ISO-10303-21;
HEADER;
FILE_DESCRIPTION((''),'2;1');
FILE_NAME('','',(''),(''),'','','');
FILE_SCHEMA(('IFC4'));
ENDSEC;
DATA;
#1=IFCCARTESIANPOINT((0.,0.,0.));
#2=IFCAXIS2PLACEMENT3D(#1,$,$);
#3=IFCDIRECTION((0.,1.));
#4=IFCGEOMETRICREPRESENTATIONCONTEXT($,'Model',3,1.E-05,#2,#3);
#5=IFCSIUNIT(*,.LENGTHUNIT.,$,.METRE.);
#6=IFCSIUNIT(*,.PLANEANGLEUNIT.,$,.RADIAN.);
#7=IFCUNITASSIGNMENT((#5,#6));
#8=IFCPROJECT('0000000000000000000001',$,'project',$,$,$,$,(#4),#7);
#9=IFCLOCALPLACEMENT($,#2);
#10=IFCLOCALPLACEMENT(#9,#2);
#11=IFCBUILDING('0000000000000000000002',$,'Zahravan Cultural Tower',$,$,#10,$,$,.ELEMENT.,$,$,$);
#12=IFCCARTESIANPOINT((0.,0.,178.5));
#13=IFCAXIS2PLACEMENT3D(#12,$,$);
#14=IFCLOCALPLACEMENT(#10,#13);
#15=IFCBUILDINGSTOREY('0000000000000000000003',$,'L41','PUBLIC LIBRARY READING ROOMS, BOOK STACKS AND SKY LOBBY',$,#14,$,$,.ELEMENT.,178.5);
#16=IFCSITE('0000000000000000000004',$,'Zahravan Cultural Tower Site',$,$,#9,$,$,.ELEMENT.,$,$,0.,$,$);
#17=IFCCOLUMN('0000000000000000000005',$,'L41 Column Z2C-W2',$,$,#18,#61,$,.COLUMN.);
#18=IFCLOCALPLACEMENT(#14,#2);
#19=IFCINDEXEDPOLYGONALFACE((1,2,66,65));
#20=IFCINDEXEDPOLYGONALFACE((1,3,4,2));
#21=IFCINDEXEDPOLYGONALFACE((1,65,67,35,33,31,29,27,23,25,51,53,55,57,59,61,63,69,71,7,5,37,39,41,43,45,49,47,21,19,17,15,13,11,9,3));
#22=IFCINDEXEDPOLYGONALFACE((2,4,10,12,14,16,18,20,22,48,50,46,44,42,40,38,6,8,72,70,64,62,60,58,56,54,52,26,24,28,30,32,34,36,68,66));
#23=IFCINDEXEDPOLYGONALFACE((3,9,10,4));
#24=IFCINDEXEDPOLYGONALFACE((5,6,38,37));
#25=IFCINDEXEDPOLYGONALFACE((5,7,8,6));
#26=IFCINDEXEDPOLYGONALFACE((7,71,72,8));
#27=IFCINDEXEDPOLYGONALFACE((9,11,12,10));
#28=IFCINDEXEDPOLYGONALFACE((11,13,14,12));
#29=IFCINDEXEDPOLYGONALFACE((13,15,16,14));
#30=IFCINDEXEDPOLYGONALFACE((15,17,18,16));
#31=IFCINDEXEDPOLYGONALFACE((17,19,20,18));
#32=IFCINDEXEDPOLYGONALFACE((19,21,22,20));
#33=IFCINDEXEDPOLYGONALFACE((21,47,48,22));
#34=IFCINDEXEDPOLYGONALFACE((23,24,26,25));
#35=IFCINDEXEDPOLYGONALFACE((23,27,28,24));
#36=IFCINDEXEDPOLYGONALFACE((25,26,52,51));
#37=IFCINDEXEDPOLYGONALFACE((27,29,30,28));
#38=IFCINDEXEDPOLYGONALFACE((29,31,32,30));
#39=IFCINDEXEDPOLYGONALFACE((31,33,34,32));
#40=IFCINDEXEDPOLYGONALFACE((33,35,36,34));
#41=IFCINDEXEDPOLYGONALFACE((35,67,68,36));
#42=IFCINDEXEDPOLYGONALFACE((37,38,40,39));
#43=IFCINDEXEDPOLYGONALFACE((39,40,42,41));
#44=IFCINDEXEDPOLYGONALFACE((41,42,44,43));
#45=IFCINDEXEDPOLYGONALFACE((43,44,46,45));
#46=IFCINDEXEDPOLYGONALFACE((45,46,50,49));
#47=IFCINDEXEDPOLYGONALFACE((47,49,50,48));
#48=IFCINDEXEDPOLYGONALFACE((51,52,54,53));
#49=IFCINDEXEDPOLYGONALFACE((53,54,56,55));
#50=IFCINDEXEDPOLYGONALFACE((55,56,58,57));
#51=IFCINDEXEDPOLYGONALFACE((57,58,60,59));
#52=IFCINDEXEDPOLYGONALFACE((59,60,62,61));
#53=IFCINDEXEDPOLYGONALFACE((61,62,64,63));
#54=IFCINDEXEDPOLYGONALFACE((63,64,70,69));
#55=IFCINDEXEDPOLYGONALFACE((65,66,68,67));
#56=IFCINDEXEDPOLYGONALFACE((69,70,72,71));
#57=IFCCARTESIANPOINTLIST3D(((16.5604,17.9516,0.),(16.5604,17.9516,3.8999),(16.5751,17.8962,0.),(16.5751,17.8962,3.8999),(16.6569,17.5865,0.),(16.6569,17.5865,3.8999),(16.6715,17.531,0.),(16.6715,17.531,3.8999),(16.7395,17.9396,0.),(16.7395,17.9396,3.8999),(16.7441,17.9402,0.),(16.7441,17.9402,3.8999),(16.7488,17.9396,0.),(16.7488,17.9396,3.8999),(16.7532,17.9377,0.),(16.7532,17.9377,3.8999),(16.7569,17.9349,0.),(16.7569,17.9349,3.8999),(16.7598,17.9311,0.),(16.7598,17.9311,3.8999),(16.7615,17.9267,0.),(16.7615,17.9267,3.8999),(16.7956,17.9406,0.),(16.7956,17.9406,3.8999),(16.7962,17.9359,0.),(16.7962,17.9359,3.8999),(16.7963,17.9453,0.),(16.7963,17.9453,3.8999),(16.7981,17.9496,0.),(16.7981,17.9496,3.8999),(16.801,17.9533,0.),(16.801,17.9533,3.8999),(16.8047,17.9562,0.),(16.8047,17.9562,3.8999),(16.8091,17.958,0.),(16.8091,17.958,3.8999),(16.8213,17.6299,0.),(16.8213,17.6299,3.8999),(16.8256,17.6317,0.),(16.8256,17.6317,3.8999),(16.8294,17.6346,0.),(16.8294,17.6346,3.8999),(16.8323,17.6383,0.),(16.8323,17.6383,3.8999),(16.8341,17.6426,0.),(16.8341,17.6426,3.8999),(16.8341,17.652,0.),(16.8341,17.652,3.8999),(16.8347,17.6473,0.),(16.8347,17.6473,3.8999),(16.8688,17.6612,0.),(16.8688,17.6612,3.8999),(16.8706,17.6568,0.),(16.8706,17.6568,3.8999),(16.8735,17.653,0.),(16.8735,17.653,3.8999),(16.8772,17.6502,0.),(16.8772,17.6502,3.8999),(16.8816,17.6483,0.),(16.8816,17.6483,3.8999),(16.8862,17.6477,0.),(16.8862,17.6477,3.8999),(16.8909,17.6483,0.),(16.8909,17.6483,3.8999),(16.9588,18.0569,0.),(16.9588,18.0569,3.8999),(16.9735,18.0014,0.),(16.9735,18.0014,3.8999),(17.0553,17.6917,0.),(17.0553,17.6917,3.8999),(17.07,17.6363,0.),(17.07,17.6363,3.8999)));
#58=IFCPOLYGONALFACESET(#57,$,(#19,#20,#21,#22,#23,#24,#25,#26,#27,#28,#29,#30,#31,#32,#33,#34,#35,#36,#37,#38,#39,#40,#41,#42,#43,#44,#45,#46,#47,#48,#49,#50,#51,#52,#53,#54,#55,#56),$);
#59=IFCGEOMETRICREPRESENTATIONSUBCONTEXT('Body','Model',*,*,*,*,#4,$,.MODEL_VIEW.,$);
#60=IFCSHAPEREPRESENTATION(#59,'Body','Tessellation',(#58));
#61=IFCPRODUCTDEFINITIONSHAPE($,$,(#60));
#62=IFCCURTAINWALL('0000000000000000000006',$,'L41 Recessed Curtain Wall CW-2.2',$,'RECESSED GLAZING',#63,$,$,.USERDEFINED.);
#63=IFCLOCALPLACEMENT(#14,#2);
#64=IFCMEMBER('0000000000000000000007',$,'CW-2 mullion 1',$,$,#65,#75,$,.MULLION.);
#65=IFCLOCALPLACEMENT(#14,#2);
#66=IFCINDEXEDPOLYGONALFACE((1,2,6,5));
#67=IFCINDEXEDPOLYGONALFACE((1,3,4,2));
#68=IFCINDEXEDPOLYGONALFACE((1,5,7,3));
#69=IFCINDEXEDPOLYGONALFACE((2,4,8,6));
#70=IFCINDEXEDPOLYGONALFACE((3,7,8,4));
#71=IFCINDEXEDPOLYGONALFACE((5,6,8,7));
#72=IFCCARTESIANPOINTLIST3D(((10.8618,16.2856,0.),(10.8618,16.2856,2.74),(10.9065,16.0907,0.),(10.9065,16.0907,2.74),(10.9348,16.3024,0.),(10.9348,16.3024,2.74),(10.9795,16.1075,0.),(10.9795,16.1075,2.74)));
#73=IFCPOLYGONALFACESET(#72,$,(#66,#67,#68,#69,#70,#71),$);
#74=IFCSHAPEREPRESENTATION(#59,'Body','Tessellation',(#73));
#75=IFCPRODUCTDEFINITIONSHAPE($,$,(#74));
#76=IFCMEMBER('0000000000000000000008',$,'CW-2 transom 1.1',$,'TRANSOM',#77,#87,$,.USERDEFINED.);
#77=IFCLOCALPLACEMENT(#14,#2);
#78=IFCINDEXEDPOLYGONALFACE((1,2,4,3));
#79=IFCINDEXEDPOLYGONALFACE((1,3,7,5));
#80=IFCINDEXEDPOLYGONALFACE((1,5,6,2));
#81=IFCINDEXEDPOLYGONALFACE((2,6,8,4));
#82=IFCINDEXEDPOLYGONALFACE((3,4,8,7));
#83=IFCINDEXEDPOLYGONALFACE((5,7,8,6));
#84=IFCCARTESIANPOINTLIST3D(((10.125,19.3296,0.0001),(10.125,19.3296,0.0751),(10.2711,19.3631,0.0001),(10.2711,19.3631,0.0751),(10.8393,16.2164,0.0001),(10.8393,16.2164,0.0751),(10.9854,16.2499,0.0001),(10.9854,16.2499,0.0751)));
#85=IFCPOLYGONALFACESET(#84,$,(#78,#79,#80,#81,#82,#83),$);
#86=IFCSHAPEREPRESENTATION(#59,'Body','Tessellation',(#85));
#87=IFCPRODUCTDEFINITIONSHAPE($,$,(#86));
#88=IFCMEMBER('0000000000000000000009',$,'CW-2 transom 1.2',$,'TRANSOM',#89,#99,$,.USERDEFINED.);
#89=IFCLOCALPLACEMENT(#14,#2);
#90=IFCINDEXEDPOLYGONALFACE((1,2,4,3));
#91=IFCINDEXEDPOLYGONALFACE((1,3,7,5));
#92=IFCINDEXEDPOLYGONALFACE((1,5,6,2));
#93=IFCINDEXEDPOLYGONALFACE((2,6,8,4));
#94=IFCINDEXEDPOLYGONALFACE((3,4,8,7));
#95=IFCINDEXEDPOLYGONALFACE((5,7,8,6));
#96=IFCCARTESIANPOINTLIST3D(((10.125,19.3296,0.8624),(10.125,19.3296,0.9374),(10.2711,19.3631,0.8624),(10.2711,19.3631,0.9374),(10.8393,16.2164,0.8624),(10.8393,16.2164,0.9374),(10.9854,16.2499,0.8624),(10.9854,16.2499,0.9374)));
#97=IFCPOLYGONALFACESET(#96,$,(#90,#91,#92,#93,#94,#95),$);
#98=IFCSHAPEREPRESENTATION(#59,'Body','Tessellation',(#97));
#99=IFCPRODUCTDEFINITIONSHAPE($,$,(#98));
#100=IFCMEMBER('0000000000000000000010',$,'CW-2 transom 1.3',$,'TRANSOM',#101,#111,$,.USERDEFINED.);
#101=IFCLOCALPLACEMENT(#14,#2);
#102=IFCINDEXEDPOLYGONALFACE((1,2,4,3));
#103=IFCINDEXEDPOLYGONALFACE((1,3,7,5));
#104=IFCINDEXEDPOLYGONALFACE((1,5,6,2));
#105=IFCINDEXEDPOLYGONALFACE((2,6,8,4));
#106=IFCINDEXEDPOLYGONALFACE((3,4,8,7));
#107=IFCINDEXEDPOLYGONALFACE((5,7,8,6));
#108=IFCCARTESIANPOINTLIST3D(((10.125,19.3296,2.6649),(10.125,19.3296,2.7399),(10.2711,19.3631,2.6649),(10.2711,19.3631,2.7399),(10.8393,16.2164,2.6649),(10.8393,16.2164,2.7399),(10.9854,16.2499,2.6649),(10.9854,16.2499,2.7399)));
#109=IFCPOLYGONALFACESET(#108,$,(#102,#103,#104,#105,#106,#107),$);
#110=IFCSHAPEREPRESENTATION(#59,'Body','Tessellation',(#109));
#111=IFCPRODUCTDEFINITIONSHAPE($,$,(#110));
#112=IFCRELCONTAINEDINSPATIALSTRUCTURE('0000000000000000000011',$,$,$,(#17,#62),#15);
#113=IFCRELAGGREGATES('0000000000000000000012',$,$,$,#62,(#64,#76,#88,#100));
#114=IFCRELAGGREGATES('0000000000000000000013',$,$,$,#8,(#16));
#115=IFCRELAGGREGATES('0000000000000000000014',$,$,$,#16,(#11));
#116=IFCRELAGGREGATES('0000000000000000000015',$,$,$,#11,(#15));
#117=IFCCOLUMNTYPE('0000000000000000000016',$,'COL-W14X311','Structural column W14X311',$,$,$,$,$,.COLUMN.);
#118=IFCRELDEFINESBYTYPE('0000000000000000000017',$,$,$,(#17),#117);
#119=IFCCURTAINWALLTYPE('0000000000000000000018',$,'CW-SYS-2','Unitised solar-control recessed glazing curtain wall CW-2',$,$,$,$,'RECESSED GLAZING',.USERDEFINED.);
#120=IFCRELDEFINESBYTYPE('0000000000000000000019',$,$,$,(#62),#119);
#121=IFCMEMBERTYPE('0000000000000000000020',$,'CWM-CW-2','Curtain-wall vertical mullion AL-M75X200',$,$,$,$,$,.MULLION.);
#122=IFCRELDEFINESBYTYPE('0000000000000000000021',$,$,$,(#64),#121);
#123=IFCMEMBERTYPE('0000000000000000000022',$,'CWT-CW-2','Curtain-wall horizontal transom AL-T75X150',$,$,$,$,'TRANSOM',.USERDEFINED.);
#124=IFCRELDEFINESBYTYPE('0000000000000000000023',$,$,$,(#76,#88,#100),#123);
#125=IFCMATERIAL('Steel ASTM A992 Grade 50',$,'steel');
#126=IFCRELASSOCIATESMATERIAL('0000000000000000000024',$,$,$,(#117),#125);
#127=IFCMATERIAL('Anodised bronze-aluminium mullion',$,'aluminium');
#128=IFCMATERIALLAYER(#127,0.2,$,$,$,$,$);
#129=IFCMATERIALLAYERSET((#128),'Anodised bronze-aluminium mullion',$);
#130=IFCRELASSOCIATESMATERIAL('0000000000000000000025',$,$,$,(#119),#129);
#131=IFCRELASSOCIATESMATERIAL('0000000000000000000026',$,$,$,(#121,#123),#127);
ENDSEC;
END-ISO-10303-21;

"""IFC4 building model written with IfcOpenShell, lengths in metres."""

from ifc_helpers import new_model, si_unit, direction, frame, origin, origin_2d, place, context, subcontext, project, spatial, rectangle, i_section, extrude, source, transform, mapped, material, layer, layer_set, material_profile, profile_set, type_object, element, aggregate, save


model = new_model("IFC4")

# Units and contexts
model_context = context("Model", 3, precision=1e-05, world=origin(), true_north=direction((0.0, 1.0)))
body_context = subcontext(model_context, "Body", "Model", "MODEL_VIEW")
ifc_project = project(units=[si_unit("LENGTHUNIT", "METRE"), si_unit("PLANEANGLEUNIT", "RADIAN")], contexts=[model_context])

# Site, building, storey
site_placement = place(None, origin())
site = spatial("IfcSite", under=ifc_project, at=site_placement, Name="Zahravan Cultural Tower Site", CompositionType="ELEMENT", RefElevation=0.0)
building_placement = place(site_placement, origin())
building = spatial("IfcBuilding", under=site, at=building_placement, Name="Zahravan Cultural Tower", CompositionType="ELEMENT")
storey_placement = place(building_placement, frame((0.0, 0.0, 178.5)))
storey = spatial("IfcBuildingStorey", under=building, at=storey_placement, Name="L41", Description="PUBLIC LIBRARY READING ROOMS, BOOK STACKS AND SKY LOBBY", CompositionType="ELEMENT", Elevation=178.5)

# Column
ifc_material_1 = material(Name="Steel ASTM A992 Grade 50", Category="steel")
ifc_material_profile_1 = material_profile(ifc_material_1, i_section(OverallWidth=0.4121, OverallDepth=0.4351, WebThickness=0.0359, FlangeThickness=0.0574, FilletRadius=0.0181, at=origin_2d()), Name="W14X311")
ifc_profile_set_1 = profile_set([ifc_material_profile_1], Name="Steel ASTM A992 Grade 50")
column_type = type_object("IfcColumnType", Name="COL-W14X311", Description="Structural column W14X311", PredefinedType="COLUMN", material=ifc_profile_set_1)
shared_shape_1 = source(origin(), body_context, "Body", "SweptSolid", [
    extrude(i_section(OverallWidth=0.4121, OverallDepth=0.4351, WebThickness=0.0359, FlangeThickness=0.0574, FilletRadius=0.0181, at=origin_2d()), origin(), (0.0, 0.0, 1.0), 3.8999),
])
column_placement = place(storey_placement, frame((16.8152, 17.7939, 0.0), z_axis=(0.0, 0.0, 1.0), x_axis=(0.966823, 0.255446, 0.0)))
element("IfcColumn", 1, at=column_placement, inside=storey, type_object=column_type, Name="L41 Column Z2C-W2", PredefinedType="COLUMN", context=body_context, shape_type="MappedRepresentation", body=[
    mapped(shared_shape_1, transform((0.0, 0.0, 0.0), x_axis=(1.0, 0.0, 0.0), y_axis=(0.0, 1.0, 0.0), z_axis=(0.0, 0.0, 1.0), scale=1.0)),
])

# Curtain wall, members
ifc_material_2 = material(Name="Anodised bronze-aluminium mullion", Category="aluminium")
ifc_layer_1 = layer(ifc_material_2, 0.2)
ifc_layer_set_1 = layer_set([ifc_layer_1], Name="Anodised bronze-aluminium mullion")
curtain_wall_type = type_object("IfcCurtainWallType", Name="CW-SYS-2", Description="Unitised solar-control recessed glazing curtain wall CW-2", ElementType="RECESSED GLAZING", PredefinedType="USERDEFINED", material=ifc_layer_set_1)
curtain_wall_placement = place(storey_placement, origin())
curtain_wall = element("IfcCurtainWall", 2, at=curtain_wall_placement, inside=storey, type_object=curtain_wall_type, Name="L41 Recessed Curtain Wall CW-2.2", ObjectType="RECESSED GLAZING", PredefinedType="USERDEFINED")
ifc_material_profile_2 = material_profile(ifc_material_2, rectangle(XDim=0.075, YDim=0.2, at=origin_2d()), Name="AL-M75X200")
ifc_profile_set_2 = profile_set([ifc_material_profile_2], Name="Anodised bronze-aluminium mullion")
member_type_1 = type_object("IfcMemberType", Name="CWM-CW-2", Description="Curtain-wall vertical mullion AL-M75X200", PredefinedType="MULLION", material=ifc_profile_set_2)
shared_shape_2 = source(origin(), body_context, "Body", "SweptSolid", [
    extrude(rectangle(XDim=0.075, YDim=0.2, at=origin_2d()), origin(), (0.0, 0.0, 1.0), 2.74),
])
member_1_placement = place(storey_placement, frame((10.9207, 16.1965, 0.0), z_axis=(0.0, 0.0, 1.0), x_axis=(-0.974681, -0.2236, 0.0)))
member_1 = element("IfcMember", 3, at=member_1_placement, type_object=member_type_1, Name="CW-2 mullion 1", PredefinedType="MULLION", context=body_context, shape_type="MappedRepresentation", body=[
    mapped(shared_shape_2, transform((0.0, 0.0, 0.0), x_axis=(1.0, 0.0, 0.0), y_axis=(0.0, 1.0, 0.0), z_axis=(0.0, 0.0, 1.0), scale=1.0)),
])
ifc_material_profile_3 = material_profile(ifc_material_2, rectangle(XDim=0.1499, YDim=0.075, at=origin_2d()), Name="AL-T75X150")
ifc_profile_set_3 = profile_set([ifc_material_profile_3], Name="Anodised bronze-aluminium mullion")
member_type_2 = type_object("IfcMemberType", Name="CWT-CW-2", Description="Curtain-wall horizontal transom AL-T75X150", ElementType="TRANSOM", PredefinedType="USERDEFINED", material=ifc_profile_set_3)
shared_shape_3 = source(origin(), body_context, "Body", "SweptSolid", [
    extrude(rectangle(XDim=0.1499, YDim=0.075, at=origin_2d()), origin(), (0.0, 0.0, 1.0), 3.1941),
])
member_2_placement = place(storey_placement, frame((10.9124, 16.2332, 0.0376), z_axis=(-0.223642, 0.974671, 0.0), x_axis=(-0.974671, -0.223642, 0.0)))
member_2 = element("IfcMember", 4, at=member_2_placement, type_object=member_type_2, Name="CW-2 transom 1.1", ObjectType="TRANSOM", PredefinedType="USERDEFINED", context=body_context, shape_type="MappedRepresentation", body=[
    mapped(shared_shape_3, transform((0.0, 0.0, 0.0), x_axis=(1.0, 0.0, 0.0), y_axis=(0.0, 1.0, 0.0), z_axis=(0.0, 0.0, 1.0), scale=1.0)),
])
member_3_placement = place(storey_placement, frame((10.9124, 16.2332, 0.8999), z_axis=(-0.223642, 0.974671, 0.0), x_axis=(-0.974671, -0.223642, 0.0)))
member_3 = element("IfcMember", 5, at=member_3_placement, type_object=member_type_2, Name="CW-2 transom 1.2", ObjectType="TRANSOM", PredefinedType="USERDEFINED", context=body_context, shape_type="MappedRepresentation", body=[
    mapped(shared_shape_3, transform((0.0, 0.0, 0.0), x_axis=(1.0, 0.0, 0.0), y_axis=(0.0, 1.0, 0.0), z_axis=(0.0, 0.0, 1.0), scale=1.0)),
])
member_4_placement = place(storey_placement, frame((10.9124, 16.2332, 2.7024), z_axis=(-0.223642, 0.974671, 0.0), x_axis=(-0.974671, -0.223642, 0.0)))
member_4 = element("IfcMember", 6, at=member_4_placement, type_object=member_type_2, Name="CW-2 transom 1.3", ObjectType="TRANSOM", PredefinedType="USERDEFINED", context=body_context, shape_type="MappedRepresentation", body=[
    mapped(shared_shape_3, transform((0.0, 0.0, 0.0), x_axis=(1.0, 0.0, 0.0), y_axis=(0.0, 1.0, 0.0), z_axis=(0.0, 0.0, 1.0), scale=1.0)),
])

aggregate(curtain_wall, [member_1, member_2, member_3, member_4])

save(model, "model.ifc")
